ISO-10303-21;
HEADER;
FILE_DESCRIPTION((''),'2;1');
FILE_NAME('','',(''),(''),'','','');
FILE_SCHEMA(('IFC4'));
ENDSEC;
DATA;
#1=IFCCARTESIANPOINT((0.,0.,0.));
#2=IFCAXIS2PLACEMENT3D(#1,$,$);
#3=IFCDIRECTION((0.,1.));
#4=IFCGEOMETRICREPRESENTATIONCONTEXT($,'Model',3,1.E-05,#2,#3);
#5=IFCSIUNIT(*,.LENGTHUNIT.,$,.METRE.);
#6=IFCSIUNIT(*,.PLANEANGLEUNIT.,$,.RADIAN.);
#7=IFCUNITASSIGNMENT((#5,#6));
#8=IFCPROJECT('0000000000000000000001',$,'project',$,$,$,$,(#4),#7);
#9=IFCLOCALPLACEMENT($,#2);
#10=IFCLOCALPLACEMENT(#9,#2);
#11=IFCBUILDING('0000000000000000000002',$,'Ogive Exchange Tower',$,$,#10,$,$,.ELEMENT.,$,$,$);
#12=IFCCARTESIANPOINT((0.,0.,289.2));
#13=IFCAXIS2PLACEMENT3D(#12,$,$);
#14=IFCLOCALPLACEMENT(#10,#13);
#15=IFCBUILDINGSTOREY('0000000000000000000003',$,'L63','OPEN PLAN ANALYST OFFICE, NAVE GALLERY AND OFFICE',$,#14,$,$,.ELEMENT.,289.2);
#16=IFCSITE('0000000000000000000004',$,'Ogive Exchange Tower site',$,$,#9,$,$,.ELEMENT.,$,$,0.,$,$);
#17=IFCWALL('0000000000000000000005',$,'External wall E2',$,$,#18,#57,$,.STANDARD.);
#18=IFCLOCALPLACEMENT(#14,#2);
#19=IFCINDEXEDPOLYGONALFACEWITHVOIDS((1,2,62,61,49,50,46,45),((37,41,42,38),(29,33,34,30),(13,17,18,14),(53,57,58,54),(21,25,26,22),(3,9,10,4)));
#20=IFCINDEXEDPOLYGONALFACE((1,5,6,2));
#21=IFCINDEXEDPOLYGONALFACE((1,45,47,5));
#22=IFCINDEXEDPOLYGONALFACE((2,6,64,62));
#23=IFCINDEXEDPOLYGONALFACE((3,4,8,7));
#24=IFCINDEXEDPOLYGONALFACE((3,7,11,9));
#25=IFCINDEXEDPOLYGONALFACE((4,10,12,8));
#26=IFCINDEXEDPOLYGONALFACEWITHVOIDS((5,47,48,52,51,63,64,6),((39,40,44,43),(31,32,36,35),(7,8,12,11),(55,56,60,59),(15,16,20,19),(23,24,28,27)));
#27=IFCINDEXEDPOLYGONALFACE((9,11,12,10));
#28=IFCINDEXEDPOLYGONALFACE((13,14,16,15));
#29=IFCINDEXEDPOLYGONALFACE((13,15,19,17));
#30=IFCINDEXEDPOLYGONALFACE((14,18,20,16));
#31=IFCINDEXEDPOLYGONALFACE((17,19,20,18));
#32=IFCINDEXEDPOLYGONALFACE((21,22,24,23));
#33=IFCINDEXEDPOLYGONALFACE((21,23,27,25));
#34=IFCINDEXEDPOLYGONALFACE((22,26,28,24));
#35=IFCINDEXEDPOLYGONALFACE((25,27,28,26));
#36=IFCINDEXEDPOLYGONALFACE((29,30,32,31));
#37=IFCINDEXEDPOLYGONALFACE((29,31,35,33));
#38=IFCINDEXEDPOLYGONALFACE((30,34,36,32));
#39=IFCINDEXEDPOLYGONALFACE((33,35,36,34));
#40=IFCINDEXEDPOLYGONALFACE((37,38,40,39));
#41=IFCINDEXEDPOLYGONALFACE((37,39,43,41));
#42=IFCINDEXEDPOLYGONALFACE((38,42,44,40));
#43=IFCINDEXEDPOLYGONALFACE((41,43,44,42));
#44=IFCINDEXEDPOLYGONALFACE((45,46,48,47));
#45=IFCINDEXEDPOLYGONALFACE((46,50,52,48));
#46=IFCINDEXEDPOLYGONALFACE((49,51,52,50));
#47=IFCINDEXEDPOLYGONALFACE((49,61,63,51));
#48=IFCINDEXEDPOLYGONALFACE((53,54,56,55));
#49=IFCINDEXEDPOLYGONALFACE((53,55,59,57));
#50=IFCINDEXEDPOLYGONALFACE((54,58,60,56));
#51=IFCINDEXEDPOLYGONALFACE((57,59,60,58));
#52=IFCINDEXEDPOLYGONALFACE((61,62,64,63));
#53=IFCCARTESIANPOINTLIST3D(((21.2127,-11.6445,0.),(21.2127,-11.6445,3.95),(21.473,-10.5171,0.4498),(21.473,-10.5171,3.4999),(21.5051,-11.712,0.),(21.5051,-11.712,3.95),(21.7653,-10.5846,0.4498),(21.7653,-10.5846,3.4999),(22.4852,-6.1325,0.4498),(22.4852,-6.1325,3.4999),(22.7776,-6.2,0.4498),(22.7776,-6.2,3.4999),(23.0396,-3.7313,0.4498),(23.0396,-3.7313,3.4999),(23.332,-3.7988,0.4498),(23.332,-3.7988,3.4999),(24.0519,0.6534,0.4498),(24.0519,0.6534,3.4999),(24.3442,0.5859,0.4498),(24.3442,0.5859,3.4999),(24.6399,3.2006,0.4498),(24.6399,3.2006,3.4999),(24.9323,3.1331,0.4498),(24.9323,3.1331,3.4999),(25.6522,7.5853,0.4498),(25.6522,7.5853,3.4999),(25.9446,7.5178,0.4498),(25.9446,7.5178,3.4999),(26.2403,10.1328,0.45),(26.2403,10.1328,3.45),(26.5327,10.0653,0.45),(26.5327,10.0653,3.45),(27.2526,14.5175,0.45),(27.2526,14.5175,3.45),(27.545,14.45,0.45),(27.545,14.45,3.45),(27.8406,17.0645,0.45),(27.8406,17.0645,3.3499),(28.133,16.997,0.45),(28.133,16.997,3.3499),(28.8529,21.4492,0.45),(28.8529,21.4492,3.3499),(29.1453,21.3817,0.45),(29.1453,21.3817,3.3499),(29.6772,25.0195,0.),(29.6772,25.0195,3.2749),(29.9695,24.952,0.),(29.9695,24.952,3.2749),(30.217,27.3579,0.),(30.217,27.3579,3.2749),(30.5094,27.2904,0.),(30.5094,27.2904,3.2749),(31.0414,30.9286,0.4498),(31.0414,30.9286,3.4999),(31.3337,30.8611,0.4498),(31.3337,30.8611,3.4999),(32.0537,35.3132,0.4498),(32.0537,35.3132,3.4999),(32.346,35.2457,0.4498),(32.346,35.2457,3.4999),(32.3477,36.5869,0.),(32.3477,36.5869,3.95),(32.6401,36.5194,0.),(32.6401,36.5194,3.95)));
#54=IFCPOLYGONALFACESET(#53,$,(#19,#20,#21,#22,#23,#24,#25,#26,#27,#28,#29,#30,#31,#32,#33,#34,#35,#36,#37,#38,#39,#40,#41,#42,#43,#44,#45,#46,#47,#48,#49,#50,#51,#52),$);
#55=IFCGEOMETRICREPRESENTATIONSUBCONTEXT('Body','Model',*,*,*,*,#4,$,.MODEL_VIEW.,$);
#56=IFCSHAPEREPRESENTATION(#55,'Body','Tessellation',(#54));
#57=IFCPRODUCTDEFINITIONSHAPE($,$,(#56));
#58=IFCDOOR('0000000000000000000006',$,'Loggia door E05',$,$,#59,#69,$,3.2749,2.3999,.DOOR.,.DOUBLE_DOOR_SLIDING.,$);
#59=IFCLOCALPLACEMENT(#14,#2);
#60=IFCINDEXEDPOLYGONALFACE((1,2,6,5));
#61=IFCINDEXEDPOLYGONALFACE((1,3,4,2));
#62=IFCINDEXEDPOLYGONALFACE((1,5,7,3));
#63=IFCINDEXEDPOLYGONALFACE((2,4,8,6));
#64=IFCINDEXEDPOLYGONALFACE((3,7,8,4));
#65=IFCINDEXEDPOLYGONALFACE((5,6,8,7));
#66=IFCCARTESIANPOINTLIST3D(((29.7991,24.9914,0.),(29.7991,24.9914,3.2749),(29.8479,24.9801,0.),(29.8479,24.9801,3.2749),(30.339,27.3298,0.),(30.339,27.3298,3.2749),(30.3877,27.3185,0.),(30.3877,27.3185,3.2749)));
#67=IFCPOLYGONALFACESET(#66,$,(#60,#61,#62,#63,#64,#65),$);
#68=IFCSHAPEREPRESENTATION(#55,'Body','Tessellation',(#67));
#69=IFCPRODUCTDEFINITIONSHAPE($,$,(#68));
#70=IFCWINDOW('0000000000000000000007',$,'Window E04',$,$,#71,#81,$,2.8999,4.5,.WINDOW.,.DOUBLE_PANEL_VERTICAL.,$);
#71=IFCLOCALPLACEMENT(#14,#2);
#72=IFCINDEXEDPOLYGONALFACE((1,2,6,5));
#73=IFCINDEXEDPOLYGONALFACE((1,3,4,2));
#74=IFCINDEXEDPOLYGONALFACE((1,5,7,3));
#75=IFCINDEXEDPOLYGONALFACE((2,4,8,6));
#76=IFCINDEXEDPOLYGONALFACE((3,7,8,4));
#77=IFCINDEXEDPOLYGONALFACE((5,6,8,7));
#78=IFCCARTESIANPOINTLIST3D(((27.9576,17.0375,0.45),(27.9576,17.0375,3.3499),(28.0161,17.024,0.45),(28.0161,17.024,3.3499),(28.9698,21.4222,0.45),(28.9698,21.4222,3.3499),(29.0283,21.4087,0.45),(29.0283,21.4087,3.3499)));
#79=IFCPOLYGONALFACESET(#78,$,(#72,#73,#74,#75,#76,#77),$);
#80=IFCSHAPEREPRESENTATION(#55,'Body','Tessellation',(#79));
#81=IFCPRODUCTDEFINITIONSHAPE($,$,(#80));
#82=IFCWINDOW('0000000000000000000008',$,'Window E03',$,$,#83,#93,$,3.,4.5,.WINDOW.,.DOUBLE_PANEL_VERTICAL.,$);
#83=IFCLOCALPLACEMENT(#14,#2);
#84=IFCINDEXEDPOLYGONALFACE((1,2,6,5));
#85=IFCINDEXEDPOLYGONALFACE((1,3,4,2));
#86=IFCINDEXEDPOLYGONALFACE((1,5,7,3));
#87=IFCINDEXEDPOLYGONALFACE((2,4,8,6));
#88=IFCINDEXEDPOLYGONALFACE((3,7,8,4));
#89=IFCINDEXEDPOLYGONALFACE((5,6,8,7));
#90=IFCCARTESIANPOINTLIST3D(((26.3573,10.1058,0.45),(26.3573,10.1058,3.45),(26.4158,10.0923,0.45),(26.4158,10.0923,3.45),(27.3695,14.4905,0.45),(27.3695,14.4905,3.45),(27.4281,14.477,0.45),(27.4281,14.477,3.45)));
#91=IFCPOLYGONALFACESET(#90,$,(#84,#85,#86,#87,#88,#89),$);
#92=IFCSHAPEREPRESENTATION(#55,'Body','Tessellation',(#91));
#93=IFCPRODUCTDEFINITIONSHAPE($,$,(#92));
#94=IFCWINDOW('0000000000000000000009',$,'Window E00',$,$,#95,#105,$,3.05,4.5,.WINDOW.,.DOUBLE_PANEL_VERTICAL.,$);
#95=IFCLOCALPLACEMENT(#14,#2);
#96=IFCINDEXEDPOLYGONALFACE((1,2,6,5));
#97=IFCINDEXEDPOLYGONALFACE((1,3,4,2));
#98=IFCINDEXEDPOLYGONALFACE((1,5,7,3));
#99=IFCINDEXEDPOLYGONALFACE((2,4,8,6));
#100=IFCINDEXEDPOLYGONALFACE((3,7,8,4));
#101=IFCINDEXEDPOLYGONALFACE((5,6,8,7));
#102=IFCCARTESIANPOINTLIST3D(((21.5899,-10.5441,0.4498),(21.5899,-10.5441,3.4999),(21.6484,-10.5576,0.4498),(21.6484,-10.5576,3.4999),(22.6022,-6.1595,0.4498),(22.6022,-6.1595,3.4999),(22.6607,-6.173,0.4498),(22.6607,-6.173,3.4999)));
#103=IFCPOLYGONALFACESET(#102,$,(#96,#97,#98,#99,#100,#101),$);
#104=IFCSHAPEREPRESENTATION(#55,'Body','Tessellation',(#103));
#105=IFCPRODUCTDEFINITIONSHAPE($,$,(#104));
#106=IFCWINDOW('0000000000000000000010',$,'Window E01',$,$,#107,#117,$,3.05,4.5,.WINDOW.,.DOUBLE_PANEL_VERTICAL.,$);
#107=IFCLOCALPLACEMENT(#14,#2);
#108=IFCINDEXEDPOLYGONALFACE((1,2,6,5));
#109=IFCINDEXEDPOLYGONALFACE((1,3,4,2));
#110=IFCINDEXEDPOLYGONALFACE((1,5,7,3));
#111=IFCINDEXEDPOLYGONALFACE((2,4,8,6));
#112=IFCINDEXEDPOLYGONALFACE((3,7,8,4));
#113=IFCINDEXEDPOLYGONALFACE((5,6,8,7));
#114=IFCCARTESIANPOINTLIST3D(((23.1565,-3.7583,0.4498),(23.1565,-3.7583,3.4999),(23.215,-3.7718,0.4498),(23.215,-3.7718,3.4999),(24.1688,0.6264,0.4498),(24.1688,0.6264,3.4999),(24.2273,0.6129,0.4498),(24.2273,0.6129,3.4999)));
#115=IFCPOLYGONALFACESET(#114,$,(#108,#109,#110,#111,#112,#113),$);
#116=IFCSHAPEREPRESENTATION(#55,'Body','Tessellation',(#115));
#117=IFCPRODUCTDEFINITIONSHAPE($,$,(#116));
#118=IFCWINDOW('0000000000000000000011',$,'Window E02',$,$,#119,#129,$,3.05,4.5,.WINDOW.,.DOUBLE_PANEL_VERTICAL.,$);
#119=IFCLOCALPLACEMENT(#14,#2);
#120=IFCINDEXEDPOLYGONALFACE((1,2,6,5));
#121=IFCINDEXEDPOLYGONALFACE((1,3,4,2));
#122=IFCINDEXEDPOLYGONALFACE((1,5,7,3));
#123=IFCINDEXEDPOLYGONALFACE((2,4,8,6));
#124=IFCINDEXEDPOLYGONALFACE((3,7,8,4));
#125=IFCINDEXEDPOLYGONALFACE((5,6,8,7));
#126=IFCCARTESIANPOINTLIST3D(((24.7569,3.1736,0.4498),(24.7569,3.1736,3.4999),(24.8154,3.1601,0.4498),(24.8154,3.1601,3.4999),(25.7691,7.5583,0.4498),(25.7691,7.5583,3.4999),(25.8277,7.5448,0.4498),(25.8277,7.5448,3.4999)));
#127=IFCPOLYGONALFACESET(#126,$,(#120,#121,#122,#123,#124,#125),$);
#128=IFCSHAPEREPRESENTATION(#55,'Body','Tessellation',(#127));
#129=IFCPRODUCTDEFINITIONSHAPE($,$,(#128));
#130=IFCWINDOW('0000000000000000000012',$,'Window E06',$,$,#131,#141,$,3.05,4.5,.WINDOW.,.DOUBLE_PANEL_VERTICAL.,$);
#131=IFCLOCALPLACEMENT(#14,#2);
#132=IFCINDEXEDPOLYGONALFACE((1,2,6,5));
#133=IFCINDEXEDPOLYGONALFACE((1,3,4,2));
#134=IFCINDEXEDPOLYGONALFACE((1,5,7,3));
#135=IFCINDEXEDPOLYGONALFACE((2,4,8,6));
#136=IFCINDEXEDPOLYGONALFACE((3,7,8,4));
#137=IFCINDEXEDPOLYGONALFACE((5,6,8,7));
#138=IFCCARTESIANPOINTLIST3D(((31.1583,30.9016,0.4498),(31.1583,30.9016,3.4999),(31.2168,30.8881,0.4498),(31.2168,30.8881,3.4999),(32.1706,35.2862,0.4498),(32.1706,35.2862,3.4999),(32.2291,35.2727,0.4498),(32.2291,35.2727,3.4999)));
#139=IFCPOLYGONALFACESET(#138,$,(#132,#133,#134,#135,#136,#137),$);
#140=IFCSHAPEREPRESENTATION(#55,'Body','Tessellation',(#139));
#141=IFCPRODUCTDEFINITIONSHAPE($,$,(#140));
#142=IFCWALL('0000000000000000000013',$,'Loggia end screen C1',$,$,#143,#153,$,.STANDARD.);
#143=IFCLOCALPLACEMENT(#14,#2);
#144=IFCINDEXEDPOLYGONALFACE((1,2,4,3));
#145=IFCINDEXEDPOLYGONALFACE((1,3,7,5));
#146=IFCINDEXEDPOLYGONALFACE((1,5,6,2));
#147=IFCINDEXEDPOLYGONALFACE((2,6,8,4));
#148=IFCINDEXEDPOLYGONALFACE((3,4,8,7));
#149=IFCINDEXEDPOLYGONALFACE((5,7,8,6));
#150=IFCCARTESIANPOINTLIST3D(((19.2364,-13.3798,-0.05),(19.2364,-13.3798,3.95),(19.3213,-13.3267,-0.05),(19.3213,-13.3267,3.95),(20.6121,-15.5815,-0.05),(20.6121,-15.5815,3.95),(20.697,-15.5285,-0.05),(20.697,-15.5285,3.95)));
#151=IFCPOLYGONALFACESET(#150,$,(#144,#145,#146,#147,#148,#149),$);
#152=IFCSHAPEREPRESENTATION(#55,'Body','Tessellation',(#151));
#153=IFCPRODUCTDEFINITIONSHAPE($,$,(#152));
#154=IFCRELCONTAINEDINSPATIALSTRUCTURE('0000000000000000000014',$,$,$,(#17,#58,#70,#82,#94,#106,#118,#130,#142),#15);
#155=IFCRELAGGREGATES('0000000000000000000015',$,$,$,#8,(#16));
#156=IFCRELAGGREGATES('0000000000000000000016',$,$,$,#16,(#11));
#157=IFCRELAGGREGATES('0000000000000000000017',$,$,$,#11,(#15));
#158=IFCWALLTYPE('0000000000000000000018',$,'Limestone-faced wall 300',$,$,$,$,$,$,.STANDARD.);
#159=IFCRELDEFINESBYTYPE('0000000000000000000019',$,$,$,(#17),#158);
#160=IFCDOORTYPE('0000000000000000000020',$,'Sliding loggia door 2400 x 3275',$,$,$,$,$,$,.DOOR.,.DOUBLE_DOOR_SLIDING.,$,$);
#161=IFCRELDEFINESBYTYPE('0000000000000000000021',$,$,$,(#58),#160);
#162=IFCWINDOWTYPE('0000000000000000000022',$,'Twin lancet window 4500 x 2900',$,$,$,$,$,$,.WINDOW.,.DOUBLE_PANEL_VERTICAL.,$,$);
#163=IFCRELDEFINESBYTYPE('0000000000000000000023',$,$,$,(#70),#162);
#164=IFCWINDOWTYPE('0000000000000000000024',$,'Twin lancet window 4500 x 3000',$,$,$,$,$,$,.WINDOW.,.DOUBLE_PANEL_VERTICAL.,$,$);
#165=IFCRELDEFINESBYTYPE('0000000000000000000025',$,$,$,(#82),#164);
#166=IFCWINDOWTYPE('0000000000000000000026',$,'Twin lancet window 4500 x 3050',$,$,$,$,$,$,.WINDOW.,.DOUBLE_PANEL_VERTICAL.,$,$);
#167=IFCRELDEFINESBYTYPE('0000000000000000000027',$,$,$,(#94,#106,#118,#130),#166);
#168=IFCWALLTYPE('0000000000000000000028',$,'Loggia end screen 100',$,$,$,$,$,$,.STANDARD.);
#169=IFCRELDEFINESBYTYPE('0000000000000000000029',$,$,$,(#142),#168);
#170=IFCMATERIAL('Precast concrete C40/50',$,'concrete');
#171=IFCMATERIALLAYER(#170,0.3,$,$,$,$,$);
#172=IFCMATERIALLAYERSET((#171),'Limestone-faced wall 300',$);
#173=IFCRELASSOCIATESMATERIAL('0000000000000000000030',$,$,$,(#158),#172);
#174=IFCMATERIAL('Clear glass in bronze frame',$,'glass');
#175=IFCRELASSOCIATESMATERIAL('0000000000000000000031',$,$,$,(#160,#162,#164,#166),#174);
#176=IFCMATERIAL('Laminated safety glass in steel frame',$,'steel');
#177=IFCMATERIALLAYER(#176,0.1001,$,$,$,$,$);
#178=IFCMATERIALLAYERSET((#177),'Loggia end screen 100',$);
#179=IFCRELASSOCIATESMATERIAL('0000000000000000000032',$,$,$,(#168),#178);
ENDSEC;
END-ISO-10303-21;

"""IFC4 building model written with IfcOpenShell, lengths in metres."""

from ifc_helpers import new_model, si_unit, direction, frame, frame_2d, origin, place, context, subcontext, project, spatial, rectangle, extrude, material, layer, layer_set, type_object, element, fill, save


model = new_model("IFC4")

# Units and contexts
model_context = context("Model", 3, precision=1e-05, world=origin(), true_north=direction((0.0, 1.0)))
body_context = subcontext(model_context, "Body", "Model", "MODEL_VIEW")
ifc_project = project(units=[si_unit("LENGTHUNIT", "METRE"), si_unit("PLANEANGLEUNIT", "RADIAN")], contexts=[model_context])

# Site, building, storey
site_placement = place(None, origin())
site = spatial("IfcSite", under=ifc_project, at=site_placement, Name="Ogive Exchange Tower site", CompositionType="ELEMENT", RefElevation=0.0)
building_placement = place(site_placement, origin())
building = spatial("IfcBuilding", under=site, at=building_placement, Name="Ogive Exchange Tower", CompositionType="ELEMENT")
storey_placement = place(building_placement, frame((0.0, 0.0, 289.2)))
storey = spatial("IfcBuildingStorey", under=building, at=storey_placement, Name="L63", Description="OPEN PLAN ANALYST OFFICE, NAVE GALLERY AND OFFICE", CompositionType="ELEMENT", Elevation=289.2)

# Wall, openings, door, windows
ifc_material_1 = material(Name="Precast concrete C40/50", Category="concrete")
ifc_layer_1 = layer(ifc_material_1, 0.3)
ifc_layer_set_1 = layer_set([ifc_layer_1], Name="Limestone-faced wall 300")
wall_type_1 = type_object("IfcWallType", Name="Limestone-faced wall 300", PredefinedType="STANDARD", material=ifc_layer_set_1)
wall_1_placement = place(storey_placement, frame((21.3589, -11.6782, 0.0), z_axis=(0.0, 0.0, 1.0), x_axis=(0.224949, 0.97437, 0.0)))
wall_1 = element("IfcWall", 1, at=wall_1_placement, inside=storey, type_object=wall_type_1, Name="External wall E2", PredefinedType="STANDARD", context=body_context, shape_type="SweptSolid", body=[
    extrude(rectangle(XDim=49.5, YDim=0.3, at=frame_2d((24.75, 0.0))), origin(), (0.0, 0.0, 1.0), 3.95),
])
opening_1_placement = place(wall_1_placement, frame((1.157, 0.0, 0.45)))
opening_1 = element("IfcOpeningElement", 2, at=opening_1_placement, cuts=wall_1, PredefinedType="OPENING", context=body_context, shape_type="SweptSolid", body=[
    extrude(rectangle(XDim=4.5, YDim=3.05, at=frame_2d((2.25, 1.5249))), frame((0.0, 0.1599, 0.0), z_axis=(0.0, -1.0, 0.0), x_axis=(1.0, 0.0, 0.0)), (0.0, 0.0, 1.0), 0.3201),
])
opening_2_placement = place(wall_1_placement, frame((8.1213, 0.0, 0.45)))
opening_2 = element("IfcOpeningElement", 3, at=opening_2_placement, cuts=wall_1, PredefinedType="OPENING", context=body_context, shape_type="SweptSolid", body=[
    extrude(rectangle(XDim=4.5, YDim=3.05, at=frame_2d((2.25, 1.5249))), frame((0.0, 0.1599, 0.0), z_axis=(0.0, -1.0, 0.0), x_axis=(1.0, 0.0, 0.0)), (0.0, 0.0, 1.0), 0.3201),
])
opening_3_placement = place(wall_1_placement, frame((15.2356, 0.0, 0.45)))
opening_3 = element("IfcOpeningElement", 4, at=opening_3_placement, cuts=wall_1, PredefinedType="OPENING", context=body_context, shape_type="SweptSolid", body=[
    extrude(rectangle(XDim=4.5, YDim=3.05, at=frame_2d((2.25, 1.5249))), frame((0.0, 0.1599, 0.0), z_axis=(0.0, -1.0, 0.0), x_axis=(1.0, 0.0, 0.0)), (0.0, 0.0, 1.0), 0.3201),
])
opening_4_placement = place(wall_1_placement, frame((22.3501, 0.0, 0.45)))
opening_4 = element("IfcOpeningElement", 5, at=opening_4_placement, cuts=wall_1, PredefinedType="OPENING", context=body_context, shape_type="SweptSolid", body=[
    extrude(rectangle(XDim=4.5, YDim=3.0, at=frame_2d((2.25, 1.5))), frame((0.0, 0.1599, 0.0), z_axis=(0.0, -1.0, 0.0), x_axis=(1.0, 0.0, 0.0)), (0.0, 0.0, 1.0), 0.3201),
])
opening_5_placement = place(wall_1_placement, frame((29.4641, 0.0, 0.45)))
opening_5 = element("IfcOpeningElement", 6, at=opening_5_placement, cuts=wall_1, PredefinedType="OPENING", context=body_context, shape_type="SweptSolid", body=[
    extrude(rectangle(XDim=4.5, YDim=2.8999, at=frame_2d((2.25, 1.45))), frame((0.0, 0.1599, 0.0), z_axis=(0.0, -1.0, 0.0), x_axis=(1.0, 0.0, 0.0)), (0.0, 0.0, 1.0), 0.3201),
])
opening_6_placement = place(wall_1_placement, frame((37.6284, 0.0, 0.0)))
opening_6 = element("IfcOpeningElement", 7, at=opening_6_placement, cuts=wall_1, PredefinedType="OPENING", context=body_context, shape_type="SweptSolid", body=[
    extrude(rectangle(XDim=2.3999, YDim=3.2749, at=frame_2d((1.2, 1.6375))), frame((0.0, 0.1599, 0.0), z_axis=(0.0, -1.0, 0.0), x_axis=(1.0, 0.0, 0.0)), (0.0, 0.0, 1.0), 0.3201),
])
opening_7_placement = place(wall_1_placement, frame((43.6929, 0.0, 0.45)))
opening_7 = element("IfcOpeningElement", 8, at=opening_7_placement, cuts=wall_1, PredefinedType="OPENING", context=body_context, shape_type="SweptSolid", body=[
    extrude(rectangle(XDim=4.5, YDim=3.05, at=frame_2d((2.25, 1.5249))), frame((0.0, 0.1599, 0.0), z_axis=(0.0, -1.0, 0.0), x_axis=(1.0, 0.0, 0.0)), (0.0, 0.0, 1.0), 0.3201),
])
ifc_material_2 = material(Name="Clear glass in bronze frame", Category="glass")
door_type_1 = type_object("IfcDoorType", Name="Sliding loggia door 2400 x 3275", OperationType="DOUBLE_DOOR_SLIDING", PredefinedType="DOOR", material=ifc_material_2)
door_1_placement = place(opening_6_placement, origin())
door_1 = element("IfcDoor", 9, at=door_1_placement, inside=storey, type_object=door_type_1, Name="Loggia door E05", OperationType="DOUBLE_DOOR_SLIDING", OverallHeight=3.2749, OverallWidth=2.3999, PredefinedType="DOOR", context=body_context, shape_type="SweptSolid", body=[
    extrude(rectangle(XDim=2.3999, YDim=3.2749, at=frame_2d((1.2, 1.6375))), frame((0.0, 0.0249, 0.0), z_axis=(0.0, -1.0, 0.0), x_axis=(1.0, 0.0, 0.0)), (0.0, 0.0, 1.0), 0.05),
])
fill(opening_6, door_1)
window_type_1 = type_object("IfcWindowType", Name="Twin lancet window 4500 x 2900", PartitioningType="DOUBLE_PANEL_VERTICAL", PredefinedType="WINDOW", material=ifc_material_2)
window_1_placement = place(opening_5_placement, origin())
window_1 = element("IfcWindow", 10, at=window_1_placement, inside=storey, type_object=window_type_1, Name="Window E04", OverallHeight=2.8999, OverallWidth=4.5, PartitioningType="DOUBLE_PANEL_VERTICAL", PredefinedType="WINDOW", context=body_context, shape_type="SweptSolid", body=[
    extrude(rectangle(XDim=4.5, YDim=2.8999, at=frame_2d((2.25, 1.45))), frame((0.0, 0.03, 0.0), z_axis=(0.0, -1.0, 0.0), x_axis=(1.0, 0.0, 0.0)), (0.0, 0.0, 1.0), 0.0601),
])
fill(opening_5, window_1)
window_type_2 = type_object("IfcWindowType", Name="Twin lancet window 4500 x 3000", PartitioningType="DOUBLE_PANEL_VERTICAL", PredefinedType="WINDOW", material=ifc_material_2)
window_2_placement = place(opening_4_placement, origin())
window_2 = element("IfcWindow", 11, at=window_2_placement, inside=storey, type_object=window_type_2, Name="Window E03", OverallHeight=3.0, OverallWidth=4.5, PartitioningType="DOUBLE_PANEL_VERTICAL", PredefinedType="WINDOW", context=body_context, shape_type="SweptSolid", body=[
    extrude(rectangle(XDim=4.5, YDim=3.0, at=frame_2d((2.25, 1.5))), frame((0.0, 0.03, 0.0), z_axis=(0.0, -1.0, 0.0), x_axis=(1.0, 0.0, 0.0)), (0.0, 0.0, 1.0), 0.0601),
])
fill(opening_4, window_2)
window_type_3 = type_object("IfcWindowType", Name="Twin lancet window 4500 x 3050", PartitioningType="DOUBLE_PANEL_VERTICAL", PredefinedType="WINDOW", material=ifc_material_2)
window_3_placement = place(opening_1_placement, origin())
window_3 = element("IfcWindow", 12, at=window_3_placement, inside=storey, type_object=window_type_3, Name="Window E00", OverallHeight=3.05, OverallWidth=4.5, PartitioningType="DOUBLE_PANEL_VERTICAL", PredefinedType="WINDOW", context=body_context, shape_type="SweptSolid", body=[
    extrude(rectangle(XDim=4.5, YDim=3.05, at=frame_2d((2.25, 1.5249))), frame((0.0, 0.03, 0.0), z_axis=(0.0, -1.0, 0.0), x_axis=(1.0, 0.0, 0.0)), (0.0, 0.0, 1.0), 0.0601),
])
fill(opening_1, window_3)
window_4_placement = place(opening_2_placement, origin())
window_4 = element("IfcWindow", 13, at=window_4_placement, inside=storey, type_object=window_type_3, Name="Window E01", OverallHeight=3.05, OverallWidth=4.5, PartitioningType="DOUBLE_PANEL_VERTICAL", PredefinedType="WINDOW", context=body_context, shape_type="SweptSolid", body=[
    extrude(rectangle(XDim=4.5, YDim=3.05, at=frame_2d((2.25, 1.5249))), frame((0.0, 0.03, 0.0), z_axis=(0.0, -1.0, 0.0), x_axis=(1.0, 0.0, 0.0)), (0.0, 0.0, 1.0), 0.0601),
])
fill(opening_2, window_4)
window_5_placement = place(opening_3_placement, origin())
window_5 = element("IfcWindow", 14, at=window_5_placement, inside=storey, type_object=window_type_3, Name="Window E02", OverallHeight=3.05, OverallWidth=4.5, PartitioningType="DOUBLE_PANEL_VERTICAL", PredefinedType="WINDOW", context=body_context, shape_type="SweptSolid", body=[
    extrude(rectangle(XDim=4.5, YDim=3.05, at=frame_2d((2.25, 1.5249))), frame((0.0, 0.03, 0.0), z_axis=(0.0, -1.0, 0.0), x_axis=(1.0, 0.0, 0.0)), (0.0, 0.0, 1.0), 0.0601),
])
fill(opening_3, window_5)
window_6_placement = place(opening_7_placement, origin())
window_6 = element("IfcWindow", 15, at=window_6_placement, inside=storey, type_object=window_type_3, Name="Window E06", OverallHeight=3.05, OverallWidth=4.5, PartitioningType="DOUBLE_PANEL_VERTICAL", PredefinedType="WINDOW", context=body_context, shape_type="SweptSolid", body=[
    extrude(rectangle(XDim=4.5, YDim=3.05, at=frame_2d((2.25, 1.5249))), frame((0.0, 0.03, 0.0), z_axis=(0.0, -1.0, 0.0), x_axis=(1.0, 0.0, 0.0)), (0.0, 0.0, 1.0), 0.0601),
])
fill(opening_7, window_6)

# Wall
ifc_material_3 = material(Name="Laminated safety glass in steel frame", Category="steel")
ifc_layer_2 = layer(ifc_material_3, 0.1001)
ifc_layer_set_2 = layer_set([ifc_layer_2], Name="Loggia end screen 100")
wall_type_2 = type_object("IfcWallType", Name="Loggia end screen 100", PredefinedType="STANDARD", material=ifc_layer_set_2)
wall_2_placement = place(storey_placement, frame((19.2788, -13.3533, -0.05), z_axis=(0.0, 0.0, 1.0), x_axis=(0.529914, -0.848051, 0.0)))
element("IfcWall", 16, at=wall_2_placement, inside=storey, type_object=wall_type_2, Name="Loggia end screen C1", PredefinedType="STANDARD", context=body_context, shape_type="SweptSolid", body=[
    extrude(rectangle(XDim=2.5962, YDim=0.1001, at=frame_2d((1.2981, 0.0))), origin(), (0.0, 0.0, 1.0), 4.0),
])

save(model, "model.ifc")
